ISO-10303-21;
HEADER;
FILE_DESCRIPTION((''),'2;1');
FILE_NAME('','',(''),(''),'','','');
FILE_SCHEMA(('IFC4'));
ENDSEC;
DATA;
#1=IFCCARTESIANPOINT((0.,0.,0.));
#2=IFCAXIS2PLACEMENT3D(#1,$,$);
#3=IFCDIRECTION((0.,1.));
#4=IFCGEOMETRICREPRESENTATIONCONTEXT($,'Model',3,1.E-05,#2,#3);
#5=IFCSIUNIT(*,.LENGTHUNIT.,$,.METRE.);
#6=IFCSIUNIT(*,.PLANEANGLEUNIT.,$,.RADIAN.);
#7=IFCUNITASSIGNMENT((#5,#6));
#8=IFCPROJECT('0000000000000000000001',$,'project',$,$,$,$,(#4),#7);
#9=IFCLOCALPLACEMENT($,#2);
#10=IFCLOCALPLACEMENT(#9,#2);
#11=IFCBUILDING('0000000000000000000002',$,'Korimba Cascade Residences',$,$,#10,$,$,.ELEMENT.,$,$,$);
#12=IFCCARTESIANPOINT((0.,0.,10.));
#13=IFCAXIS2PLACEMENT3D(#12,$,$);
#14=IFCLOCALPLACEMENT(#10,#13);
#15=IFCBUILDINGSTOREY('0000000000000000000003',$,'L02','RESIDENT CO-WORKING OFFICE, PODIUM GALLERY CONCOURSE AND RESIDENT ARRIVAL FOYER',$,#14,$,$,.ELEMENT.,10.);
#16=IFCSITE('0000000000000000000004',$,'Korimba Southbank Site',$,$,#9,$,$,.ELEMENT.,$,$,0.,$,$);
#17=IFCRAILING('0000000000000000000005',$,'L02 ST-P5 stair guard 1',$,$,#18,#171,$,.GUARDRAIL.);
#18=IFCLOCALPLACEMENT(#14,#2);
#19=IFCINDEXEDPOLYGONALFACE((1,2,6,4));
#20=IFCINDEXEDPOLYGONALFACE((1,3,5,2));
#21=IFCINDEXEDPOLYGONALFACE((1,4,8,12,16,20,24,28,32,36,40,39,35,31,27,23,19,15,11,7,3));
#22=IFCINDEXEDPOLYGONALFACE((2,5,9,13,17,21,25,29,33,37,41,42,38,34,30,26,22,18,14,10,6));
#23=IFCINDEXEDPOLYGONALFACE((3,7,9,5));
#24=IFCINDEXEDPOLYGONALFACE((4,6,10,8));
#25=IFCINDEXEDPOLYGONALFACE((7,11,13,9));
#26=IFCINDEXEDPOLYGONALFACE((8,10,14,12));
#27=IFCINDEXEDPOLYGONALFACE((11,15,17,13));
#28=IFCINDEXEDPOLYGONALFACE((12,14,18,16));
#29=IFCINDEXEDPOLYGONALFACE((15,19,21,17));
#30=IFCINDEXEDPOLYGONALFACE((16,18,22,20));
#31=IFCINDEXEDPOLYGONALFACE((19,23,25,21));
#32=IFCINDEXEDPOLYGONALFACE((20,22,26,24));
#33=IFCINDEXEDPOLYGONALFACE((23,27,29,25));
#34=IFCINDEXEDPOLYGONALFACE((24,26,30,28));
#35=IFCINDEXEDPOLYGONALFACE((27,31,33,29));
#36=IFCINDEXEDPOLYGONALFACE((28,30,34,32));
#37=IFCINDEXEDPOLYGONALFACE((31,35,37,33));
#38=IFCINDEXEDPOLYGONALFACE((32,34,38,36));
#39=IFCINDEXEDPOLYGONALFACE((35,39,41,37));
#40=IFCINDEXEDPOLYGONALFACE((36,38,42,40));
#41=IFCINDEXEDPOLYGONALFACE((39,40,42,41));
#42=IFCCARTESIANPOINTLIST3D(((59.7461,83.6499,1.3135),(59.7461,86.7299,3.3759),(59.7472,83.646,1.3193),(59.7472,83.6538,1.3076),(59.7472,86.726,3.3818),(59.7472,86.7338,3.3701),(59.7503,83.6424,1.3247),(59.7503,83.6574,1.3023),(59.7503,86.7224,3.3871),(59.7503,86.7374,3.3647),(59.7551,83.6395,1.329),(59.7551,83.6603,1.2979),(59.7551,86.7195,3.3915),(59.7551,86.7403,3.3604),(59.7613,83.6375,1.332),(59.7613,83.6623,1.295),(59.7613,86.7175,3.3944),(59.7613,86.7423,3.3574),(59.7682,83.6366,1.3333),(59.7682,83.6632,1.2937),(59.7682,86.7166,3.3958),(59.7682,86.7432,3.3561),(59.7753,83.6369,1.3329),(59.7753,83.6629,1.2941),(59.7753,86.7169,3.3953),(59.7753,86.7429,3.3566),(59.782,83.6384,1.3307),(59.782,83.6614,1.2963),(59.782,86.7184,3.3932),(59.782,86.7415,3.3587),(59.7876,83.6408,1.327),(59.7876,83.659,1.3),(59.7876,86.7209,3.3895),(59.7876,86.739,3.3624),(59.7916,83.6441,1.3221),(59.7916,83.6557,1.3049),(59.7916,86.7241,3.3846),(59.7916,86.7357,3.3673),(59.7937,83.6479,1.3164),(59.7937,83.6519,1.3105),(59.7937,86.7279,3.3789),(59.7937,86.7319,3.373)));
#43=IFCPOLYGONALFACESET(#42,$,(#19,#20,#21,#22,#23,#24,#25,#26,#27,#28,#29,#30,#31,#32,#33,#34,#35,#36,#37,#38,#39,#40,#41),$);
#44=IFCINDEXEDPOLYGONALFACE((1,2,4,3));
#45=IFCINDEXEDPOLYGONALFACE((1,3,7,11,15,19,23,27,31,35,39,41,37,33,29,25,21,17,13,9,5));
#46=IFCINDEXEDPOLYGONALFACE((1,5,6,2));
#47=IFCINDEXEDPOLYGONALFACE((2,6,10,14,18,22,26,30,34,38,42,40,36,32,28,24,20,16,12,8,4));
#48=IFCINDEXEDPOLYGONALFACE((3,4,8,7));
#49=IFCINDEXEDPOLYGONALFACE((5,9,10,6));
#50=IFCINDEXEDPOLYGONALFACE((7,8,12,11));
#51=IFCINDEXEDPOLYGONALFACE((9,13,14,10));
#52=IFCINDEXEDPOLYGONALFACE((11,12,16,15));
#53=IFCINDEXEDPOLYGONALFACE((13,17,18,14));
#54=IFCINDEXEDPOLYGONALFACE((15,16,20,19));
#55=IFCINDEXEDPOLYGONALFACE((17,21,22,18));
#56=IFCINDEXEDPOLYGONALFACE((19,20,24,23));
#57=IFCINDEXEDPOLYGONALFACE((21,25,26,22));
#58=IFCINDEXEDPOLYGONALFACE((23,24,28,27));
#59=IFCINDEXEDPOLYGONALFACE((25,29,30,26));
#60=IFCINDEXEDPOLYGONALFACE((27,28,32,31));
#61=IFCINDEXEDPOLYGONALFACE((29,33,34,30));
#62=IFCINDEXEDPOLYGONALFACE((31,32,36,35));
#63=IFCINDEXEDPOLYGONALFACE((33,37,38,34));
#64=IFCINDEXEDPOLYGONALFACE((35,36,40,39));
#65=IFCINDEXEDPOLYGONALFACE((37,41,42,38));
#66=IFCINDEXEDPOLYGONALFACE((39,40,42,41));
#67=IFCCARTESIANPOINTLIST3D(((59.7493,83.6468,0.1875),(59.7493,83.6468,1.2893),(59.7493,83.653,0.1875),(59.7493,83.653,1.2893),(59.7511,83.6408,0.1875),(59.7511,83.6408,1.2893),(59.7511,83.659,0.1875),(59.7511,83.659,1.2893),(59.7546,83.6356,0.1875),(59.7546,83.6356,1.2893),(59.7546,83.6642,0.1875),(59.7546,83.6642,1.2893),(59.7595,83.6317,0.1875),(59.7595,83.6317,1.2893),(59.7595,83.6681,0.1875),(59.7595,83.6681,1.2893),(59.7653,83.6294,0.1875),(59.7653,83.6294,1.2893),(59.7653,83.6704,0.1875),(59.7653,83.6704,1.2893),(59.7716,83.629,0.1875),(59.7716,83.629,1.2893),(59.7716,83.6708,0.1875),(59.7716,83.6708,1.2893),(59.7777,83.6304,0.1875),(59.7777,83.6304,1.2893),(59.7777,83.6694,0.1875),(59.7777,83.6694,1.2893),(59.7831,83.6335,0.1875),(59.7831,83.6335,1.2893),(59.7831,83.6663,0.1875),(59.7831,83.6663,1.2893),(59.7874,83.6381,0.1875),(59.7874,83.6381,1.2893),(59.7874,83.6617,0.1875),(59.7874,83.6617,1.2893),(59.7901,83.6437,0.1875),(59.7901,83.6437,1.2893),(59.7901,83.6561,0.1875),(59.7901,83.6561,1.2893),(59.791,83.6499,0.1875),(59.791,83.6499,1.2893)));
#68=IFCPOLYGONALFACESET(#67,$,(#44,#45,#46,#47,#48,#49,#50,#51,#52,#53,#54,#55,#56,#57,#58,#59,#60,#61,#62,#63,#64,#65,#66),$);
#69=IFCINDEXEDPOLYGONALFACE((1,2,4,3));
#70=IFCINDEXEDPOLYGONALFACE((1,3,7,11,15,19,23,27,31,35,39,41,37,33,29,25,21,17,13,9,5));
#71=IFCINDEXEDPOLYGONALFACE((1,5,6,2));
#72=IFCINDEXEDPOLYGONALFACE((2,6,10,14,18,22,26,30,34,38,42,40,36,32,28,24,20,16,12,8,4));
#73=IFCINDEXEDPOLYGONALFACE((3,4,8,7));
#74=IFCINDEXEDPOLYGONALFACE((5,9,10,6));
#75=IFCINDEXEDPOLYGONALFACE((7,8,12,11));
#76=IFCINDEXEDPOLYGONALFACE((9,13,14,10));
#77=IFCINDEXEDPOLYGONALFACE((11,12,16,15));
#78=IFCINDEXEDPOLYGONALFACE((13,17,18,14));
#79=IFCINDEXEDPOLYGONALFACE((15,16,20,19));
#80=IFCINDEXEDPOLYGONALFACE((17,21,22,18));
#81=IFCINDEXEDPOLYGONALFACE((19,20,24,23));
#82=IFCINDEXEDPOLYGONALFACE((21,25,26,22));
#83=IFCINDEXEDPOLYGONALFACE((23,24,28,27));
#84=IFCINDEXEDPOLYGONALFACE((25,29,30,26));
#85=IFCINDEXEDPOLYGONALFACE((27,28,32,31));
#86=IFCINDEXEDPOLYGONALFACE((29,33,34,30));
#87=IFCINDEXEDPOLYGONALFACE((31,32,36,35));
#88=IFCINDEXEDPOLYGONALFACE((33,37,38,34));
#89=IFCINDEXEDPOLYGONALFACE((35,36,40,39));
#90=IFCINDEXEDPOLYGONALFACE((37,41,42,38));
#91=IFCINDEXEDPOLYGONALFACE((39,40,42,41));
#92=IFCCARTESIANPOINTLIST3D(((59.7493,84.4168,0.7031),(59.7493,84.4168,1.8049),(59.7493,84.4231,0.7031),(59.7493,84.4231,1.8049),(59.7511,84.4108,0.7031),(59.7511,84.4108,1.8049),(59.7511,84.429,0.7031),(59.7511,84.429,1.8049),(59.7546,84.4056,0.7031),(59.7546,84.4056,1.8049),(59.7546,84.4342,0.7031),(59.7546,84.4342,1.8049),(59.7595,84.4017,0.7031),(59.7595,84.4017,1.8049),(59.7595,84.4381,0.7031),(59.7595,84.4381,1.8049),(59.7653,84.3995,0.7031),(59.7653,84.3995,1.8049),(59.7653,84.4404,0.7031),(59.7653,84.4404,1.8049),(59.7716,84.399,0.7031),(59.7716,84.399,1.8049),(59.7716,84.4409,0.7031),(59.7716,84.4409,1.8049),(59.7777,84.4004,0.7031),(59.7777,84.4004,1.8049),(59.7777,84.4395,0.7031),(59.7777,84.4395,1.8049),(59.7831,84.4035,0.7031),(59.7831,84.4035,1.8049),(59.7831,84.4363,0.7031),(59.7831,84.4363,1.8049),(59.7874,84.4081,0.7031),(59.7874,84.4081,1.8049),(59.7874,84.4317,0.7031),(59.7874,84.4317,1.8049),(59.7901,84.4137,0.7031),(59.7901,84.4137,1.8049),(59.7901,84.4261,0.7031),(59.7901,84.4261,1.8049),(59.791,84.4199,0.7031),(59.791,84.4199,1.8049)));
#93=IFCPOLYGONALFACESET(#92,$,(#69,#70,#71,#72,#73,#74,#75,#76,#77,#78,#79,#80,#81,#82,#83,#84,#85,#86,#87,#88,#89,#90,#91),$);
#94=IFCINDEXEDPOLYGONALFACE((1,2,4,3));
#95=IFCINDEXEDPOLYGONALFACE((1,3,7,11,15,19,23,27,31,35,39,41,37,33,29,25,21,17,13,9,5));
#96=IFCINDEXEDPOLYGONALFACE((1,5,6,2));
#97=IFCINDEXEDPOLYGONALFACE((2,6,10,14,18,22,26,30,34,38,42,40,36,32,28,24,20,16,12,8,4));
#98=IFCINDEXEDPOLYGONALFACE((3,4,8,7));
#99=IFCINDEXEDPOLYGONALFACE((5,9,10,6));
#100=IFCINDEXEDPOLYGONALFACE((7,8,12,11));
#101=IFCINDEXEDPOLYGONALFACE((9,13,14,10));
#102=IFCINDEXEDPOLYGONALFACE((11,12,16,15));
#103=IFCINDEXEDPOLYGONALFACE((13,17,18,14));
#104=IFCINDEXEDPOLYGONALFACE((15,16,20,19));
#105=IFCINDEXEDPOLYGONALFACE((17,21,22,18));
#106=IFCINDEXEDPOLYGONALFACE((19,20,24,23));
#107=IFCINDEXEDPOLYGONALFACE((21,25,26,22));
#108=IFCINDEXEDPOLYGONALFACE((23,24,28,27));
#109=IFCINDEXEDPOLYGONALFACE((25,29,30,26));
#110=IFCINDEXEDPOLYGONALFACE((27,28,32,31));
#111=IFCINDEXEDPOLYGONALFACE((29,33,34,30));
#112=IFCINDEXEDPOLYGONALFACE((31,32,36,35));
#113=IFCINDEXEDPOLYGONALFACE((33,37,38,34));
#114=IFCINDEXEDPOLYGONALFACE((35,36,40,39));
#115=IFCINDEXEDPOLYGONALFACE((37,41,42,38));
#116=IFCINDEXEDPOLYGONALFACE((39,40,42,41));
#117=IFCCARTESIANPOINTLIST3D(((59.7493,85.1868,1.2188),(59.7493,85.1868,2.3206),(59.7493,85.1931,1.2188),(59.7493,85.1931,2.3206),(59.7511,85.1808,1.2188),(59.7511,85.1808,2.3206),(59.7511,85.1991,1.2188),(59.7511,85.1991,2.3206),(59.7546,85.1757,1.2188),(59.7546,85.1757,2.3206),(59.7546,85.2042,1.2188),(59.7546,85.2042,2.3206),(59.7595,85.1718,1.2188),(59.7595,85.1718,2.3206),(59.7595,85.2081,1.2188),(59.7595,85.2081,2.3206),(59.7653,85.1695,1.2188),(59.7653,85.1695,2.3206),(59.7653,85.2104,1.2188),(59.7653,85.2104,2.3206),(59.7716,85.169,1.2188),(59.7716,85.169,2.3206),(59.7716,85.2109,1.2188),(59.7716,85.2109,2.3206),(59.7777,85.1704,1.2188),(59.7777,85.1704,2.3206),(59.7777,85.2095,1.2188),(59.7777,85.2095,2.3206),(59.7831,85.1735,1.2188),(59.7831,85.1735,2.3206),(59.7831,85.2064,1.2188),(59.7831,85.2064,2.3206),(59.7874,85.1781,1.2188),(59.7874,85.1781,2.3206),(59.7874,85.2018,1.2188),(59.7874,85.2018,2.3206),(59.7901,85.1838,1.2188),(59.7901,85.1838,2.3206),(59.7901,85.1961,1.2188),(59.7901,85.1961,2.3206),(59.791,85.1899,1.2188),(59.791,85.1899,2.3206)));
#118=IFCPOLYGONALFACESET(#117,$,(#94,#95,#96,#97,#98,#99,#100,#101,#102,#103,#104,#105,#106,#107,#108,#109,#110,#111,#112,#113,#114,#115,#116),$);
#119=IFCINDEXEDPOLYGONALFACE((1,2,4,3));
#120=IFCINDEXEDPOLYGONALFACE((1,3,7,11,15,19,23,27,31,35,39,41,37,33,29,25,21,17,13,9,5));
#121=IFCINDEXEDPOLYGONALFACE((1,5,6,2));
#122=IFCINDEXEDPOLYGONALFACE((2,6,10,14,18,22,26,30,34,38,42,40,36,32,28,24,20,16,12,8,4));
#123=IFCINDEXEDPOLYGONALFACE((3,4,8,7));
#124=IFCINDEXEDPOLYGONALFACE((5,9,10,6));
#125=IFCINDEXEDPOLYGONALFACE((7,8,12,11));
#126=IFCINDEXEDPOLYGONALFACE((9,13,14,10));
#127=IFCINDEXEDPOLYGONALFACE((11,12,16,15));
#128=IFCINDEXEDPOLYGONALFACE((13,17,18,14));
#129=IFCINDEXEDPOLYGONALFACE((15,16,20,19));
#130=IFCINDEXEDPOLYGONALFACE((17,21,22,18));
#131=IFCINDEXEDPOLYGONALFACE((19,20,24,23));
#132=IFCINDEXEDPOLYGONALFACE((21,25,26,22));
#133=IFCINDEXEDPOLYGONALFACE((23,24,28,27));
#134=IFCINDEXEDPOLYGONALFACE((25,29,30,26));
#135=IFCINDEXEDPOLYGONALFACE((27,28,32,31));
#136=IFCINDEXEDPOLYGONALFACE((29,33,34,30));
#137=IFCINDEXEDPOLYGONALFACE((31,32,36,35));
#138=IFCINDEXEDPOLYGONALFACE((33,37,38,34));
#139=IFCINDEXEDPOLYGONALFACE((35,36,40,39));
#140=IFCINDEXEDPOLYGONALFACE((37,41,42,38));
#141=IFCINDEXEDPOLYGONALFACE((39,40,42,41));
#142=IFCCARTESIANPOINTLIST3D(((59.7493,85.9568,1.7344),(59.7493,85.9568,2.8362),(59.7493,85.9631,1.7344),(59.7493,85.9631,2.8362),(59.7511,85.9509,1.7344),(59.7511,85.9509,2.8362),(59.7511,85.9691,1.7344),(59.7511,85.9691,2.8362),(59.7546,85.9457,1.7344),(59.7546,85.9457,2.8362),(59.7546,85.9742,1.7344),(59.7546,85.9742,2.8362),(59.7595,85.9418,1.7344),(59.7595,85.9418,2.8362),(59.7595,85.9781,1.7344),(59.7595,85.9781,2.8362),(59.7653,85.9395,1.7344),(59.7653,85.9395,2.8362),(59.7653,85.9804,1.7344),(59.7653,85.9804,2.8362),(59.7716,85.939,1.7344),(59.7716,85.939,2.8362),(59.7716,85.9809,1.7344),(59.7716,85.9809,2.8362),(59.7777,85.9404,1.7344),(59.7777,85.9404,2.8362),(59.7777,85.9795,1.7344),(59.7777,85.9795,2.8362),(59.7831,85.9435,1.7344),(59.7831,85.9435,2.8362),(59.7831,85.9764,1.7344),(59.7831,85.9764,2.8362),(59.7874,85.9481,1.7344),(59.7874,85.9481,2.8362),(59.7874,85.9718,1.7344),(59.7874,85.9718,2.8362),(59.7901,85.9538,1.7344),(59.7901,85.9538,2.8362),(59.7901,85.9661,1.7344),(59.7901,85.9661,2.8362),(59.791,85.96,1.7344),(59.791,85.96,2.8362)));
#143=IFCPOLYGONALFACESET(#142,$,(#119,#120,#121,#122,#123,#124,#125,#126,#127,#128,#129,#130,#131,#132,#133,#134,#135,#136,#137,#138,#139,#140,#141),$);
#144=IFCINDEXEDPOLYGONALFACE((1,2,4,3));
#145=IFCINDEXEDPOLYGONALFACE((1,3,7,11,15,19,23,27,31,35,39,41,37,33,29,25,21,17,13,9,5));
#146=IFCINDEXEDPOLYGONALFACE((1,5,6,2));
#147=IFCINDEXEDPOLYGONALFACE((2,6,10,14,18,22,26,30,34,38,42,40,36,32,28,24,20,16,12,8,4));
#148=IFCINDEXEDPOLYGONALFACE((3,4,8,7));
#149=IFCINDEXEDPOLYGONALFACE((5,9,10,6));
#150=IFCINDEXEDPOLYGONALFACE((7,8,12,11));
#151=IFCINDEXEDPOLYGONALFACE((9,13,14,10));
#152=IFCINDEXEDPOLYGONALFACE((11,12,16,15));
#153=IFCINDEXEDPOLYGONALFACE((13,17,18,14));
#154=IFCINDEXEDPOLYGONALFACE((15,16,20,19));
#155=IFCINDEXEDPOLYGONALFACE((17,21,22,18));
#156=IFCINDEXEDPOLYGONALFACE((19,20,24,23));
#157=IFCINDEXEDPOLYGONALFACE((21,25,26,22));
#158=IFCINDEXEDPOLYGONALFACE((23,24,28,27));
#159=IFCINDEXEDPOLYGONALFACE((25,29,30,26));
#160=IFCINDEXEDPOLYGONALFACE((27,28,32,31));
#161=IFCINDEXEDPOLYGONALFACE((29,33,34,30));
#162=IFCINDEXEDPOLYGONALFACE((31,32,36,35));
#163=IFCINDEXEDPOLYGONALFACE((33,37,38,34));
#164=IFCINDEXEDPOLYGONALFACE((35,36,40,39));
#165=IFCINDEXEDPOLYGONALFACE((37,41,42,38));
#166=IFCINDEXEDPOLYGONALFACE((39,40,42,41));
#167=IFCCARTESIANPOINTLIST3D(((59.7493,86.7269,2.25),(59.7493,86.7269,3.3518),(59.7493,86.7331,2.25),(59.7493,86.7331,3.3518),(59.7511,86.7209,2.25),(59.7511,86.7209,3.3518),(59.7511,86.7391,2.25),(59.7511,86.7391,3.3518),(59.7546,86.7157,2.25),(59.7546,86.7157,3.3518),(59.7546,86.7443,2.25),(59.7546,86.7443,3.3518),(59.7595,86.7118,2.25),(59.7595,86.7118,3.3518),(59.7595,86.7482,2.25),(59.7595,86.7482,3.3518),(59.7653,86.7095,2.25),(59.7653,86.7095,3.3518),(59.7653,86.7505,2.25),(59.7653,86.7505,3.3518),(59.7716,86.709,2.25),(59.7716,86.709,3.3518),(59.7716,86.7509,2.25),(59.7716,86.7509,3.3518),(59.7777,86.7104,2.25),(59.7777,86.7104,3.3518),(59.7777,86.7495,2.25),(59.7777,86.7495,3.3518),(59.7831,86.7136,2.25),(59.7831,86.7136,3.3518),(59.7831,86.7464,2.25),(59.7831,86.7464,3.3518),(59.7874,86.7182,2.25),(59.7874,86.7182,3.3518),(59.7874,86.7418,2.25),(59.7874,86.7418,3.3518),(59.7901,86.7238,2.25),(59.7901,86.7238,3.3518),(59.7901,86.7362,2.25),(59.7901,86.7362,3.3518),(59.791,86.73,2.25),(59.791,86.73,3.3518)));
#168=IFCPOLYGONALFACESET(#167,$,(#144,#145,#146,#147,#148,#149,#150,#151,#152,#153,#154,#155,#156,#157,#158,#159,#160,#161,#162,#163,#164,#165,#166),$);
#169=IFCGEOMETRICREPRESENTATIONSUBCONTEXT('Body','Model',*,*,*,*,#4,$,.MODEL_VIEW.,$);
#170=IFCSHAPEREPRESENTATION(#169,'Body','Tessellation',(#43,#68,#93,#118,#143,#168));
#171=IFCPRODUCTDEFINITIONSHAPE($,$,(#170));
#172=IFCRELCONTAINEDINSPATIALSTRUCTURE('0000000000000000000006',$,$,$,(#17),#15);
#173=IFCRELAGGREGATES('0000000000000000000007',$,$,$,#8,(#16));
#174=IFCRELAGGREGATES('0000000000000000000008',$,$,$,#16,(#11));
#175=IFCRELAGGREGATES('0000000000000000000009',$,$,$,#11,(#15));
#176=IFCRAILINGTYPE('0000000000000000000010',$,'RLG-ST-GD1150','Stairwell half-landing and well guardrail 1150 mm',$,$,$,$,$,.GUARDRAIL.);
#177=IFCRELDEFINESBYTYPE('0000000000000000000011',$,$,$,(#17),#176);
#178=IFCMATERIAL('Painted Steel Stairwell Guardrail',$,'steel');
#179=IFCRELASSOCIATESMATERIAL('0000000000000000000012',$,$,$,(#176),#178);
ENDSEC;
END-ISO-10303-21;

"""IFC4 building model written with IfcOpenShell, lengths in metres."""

from ifc_helpers import new_model, si_unit, direction, frame, origin, origin_2d, place, context, subcontext, project, spatial, circle, extrude, material, type_object, element, save


model = new_model("IFC4")

# Units and contexts
model_context = context("Model", 3, precision=1e-05, world=origin(), true_north=direction((0.0, 1.0)))
body_context = subcontext(model_context, "Body", "Model", "MODEL_VIEW")
ifc_project = project(units=[si_unit("LENGTHUNIT", "METRE"), si_unit("PLANEANGLEUNIT", "RADIAN")], contexts=[model_context])

# Site, building, storey
site_placement = place(None, origin())
site = spatial("IfcSite", under=ifc_project, at=site_placement, Name="Korimba Southbank Site", CompositionType="ELEMENT", RefElevation=0.0)
building_placement = place(site_placement, origin())
building = spatial("IfcBuilding", under=site, at=building_placement, Name="Korimba Cascade Residences", CompositionType="ELEMENT")
storey_placement = place(building_placement, frame((0.0, 0.0, 10.0)))
storey = spatial("IfcBuildingStorey", under=building, at=storey_placement, Name="L02", Description="RESIDENT CO-WORKING OFFICE, PODIUM GALLERY CONCOURSE AND RESIDENT ARRIVAL FOYER", CompositionType="ELEMENT", Elevation=10.0)

# Railing
ifc_material_1 = material(Name="Painted Steel Stairwell Guardrail", Category="steel")
railing_type_1 = type_object("IfcRailingType", Name="RLG-ST-GD1150", Description="Stairwell half-landing and well guardrail 1150 mm", PredefinedType="GUARDRAIL", material=ifc_material_1)
railing_1_placement = place(storey_placement, frame((59.77, 83.6499, 0.1875)))
element("IfcRailing", 1, at=railing_1_placement, inside=storey, type_object=railing_type_1, Name="L02 ST-P5 stair guard 1", PredefinedType="GUARDRAIL", context=body_context, shape_type="SweptSolid", body=[
    extrude(circle(Radius=0.0239, at=origin_2d()), frame((0.0, 0.0, 1.126), z_axis=(0.0, 0.830914, 0.556401), x_axis=(-1.0, 0.0, 0.0)), (0.0, 0.0, 1.0), 3.7068),
    extrude(circle(Radius=0.021, at=origin_2d()), origin(), (0.0, 0.0, 1.0), 1.1018),
    extrude(circle(Radius=0.021, at=origin_2d()), frame((0.0, 0.77, 0.5156)), (0.0, 0.0, 1.0), 1.1018),
    extrude(circle(Radius=0.021, at=origin_2d()), frame((0.0, 1.54, 1.0312)), (0.0, 0.0, 1.0), 1.1018),
    extrude(circle(Radius=0.021, at=origin_2d()), frame((0.0, 2.3101, 1.5469)), (0.0, 0.0, 1.0), 1.1018),
    extrude(circle(Radius=0.021, at=origin_2d()), frame((0.0, 3.0801, 2.0625)), (0.0, 0.0, 1.0), 1.1018),
])

save(model, "model.ifc")
